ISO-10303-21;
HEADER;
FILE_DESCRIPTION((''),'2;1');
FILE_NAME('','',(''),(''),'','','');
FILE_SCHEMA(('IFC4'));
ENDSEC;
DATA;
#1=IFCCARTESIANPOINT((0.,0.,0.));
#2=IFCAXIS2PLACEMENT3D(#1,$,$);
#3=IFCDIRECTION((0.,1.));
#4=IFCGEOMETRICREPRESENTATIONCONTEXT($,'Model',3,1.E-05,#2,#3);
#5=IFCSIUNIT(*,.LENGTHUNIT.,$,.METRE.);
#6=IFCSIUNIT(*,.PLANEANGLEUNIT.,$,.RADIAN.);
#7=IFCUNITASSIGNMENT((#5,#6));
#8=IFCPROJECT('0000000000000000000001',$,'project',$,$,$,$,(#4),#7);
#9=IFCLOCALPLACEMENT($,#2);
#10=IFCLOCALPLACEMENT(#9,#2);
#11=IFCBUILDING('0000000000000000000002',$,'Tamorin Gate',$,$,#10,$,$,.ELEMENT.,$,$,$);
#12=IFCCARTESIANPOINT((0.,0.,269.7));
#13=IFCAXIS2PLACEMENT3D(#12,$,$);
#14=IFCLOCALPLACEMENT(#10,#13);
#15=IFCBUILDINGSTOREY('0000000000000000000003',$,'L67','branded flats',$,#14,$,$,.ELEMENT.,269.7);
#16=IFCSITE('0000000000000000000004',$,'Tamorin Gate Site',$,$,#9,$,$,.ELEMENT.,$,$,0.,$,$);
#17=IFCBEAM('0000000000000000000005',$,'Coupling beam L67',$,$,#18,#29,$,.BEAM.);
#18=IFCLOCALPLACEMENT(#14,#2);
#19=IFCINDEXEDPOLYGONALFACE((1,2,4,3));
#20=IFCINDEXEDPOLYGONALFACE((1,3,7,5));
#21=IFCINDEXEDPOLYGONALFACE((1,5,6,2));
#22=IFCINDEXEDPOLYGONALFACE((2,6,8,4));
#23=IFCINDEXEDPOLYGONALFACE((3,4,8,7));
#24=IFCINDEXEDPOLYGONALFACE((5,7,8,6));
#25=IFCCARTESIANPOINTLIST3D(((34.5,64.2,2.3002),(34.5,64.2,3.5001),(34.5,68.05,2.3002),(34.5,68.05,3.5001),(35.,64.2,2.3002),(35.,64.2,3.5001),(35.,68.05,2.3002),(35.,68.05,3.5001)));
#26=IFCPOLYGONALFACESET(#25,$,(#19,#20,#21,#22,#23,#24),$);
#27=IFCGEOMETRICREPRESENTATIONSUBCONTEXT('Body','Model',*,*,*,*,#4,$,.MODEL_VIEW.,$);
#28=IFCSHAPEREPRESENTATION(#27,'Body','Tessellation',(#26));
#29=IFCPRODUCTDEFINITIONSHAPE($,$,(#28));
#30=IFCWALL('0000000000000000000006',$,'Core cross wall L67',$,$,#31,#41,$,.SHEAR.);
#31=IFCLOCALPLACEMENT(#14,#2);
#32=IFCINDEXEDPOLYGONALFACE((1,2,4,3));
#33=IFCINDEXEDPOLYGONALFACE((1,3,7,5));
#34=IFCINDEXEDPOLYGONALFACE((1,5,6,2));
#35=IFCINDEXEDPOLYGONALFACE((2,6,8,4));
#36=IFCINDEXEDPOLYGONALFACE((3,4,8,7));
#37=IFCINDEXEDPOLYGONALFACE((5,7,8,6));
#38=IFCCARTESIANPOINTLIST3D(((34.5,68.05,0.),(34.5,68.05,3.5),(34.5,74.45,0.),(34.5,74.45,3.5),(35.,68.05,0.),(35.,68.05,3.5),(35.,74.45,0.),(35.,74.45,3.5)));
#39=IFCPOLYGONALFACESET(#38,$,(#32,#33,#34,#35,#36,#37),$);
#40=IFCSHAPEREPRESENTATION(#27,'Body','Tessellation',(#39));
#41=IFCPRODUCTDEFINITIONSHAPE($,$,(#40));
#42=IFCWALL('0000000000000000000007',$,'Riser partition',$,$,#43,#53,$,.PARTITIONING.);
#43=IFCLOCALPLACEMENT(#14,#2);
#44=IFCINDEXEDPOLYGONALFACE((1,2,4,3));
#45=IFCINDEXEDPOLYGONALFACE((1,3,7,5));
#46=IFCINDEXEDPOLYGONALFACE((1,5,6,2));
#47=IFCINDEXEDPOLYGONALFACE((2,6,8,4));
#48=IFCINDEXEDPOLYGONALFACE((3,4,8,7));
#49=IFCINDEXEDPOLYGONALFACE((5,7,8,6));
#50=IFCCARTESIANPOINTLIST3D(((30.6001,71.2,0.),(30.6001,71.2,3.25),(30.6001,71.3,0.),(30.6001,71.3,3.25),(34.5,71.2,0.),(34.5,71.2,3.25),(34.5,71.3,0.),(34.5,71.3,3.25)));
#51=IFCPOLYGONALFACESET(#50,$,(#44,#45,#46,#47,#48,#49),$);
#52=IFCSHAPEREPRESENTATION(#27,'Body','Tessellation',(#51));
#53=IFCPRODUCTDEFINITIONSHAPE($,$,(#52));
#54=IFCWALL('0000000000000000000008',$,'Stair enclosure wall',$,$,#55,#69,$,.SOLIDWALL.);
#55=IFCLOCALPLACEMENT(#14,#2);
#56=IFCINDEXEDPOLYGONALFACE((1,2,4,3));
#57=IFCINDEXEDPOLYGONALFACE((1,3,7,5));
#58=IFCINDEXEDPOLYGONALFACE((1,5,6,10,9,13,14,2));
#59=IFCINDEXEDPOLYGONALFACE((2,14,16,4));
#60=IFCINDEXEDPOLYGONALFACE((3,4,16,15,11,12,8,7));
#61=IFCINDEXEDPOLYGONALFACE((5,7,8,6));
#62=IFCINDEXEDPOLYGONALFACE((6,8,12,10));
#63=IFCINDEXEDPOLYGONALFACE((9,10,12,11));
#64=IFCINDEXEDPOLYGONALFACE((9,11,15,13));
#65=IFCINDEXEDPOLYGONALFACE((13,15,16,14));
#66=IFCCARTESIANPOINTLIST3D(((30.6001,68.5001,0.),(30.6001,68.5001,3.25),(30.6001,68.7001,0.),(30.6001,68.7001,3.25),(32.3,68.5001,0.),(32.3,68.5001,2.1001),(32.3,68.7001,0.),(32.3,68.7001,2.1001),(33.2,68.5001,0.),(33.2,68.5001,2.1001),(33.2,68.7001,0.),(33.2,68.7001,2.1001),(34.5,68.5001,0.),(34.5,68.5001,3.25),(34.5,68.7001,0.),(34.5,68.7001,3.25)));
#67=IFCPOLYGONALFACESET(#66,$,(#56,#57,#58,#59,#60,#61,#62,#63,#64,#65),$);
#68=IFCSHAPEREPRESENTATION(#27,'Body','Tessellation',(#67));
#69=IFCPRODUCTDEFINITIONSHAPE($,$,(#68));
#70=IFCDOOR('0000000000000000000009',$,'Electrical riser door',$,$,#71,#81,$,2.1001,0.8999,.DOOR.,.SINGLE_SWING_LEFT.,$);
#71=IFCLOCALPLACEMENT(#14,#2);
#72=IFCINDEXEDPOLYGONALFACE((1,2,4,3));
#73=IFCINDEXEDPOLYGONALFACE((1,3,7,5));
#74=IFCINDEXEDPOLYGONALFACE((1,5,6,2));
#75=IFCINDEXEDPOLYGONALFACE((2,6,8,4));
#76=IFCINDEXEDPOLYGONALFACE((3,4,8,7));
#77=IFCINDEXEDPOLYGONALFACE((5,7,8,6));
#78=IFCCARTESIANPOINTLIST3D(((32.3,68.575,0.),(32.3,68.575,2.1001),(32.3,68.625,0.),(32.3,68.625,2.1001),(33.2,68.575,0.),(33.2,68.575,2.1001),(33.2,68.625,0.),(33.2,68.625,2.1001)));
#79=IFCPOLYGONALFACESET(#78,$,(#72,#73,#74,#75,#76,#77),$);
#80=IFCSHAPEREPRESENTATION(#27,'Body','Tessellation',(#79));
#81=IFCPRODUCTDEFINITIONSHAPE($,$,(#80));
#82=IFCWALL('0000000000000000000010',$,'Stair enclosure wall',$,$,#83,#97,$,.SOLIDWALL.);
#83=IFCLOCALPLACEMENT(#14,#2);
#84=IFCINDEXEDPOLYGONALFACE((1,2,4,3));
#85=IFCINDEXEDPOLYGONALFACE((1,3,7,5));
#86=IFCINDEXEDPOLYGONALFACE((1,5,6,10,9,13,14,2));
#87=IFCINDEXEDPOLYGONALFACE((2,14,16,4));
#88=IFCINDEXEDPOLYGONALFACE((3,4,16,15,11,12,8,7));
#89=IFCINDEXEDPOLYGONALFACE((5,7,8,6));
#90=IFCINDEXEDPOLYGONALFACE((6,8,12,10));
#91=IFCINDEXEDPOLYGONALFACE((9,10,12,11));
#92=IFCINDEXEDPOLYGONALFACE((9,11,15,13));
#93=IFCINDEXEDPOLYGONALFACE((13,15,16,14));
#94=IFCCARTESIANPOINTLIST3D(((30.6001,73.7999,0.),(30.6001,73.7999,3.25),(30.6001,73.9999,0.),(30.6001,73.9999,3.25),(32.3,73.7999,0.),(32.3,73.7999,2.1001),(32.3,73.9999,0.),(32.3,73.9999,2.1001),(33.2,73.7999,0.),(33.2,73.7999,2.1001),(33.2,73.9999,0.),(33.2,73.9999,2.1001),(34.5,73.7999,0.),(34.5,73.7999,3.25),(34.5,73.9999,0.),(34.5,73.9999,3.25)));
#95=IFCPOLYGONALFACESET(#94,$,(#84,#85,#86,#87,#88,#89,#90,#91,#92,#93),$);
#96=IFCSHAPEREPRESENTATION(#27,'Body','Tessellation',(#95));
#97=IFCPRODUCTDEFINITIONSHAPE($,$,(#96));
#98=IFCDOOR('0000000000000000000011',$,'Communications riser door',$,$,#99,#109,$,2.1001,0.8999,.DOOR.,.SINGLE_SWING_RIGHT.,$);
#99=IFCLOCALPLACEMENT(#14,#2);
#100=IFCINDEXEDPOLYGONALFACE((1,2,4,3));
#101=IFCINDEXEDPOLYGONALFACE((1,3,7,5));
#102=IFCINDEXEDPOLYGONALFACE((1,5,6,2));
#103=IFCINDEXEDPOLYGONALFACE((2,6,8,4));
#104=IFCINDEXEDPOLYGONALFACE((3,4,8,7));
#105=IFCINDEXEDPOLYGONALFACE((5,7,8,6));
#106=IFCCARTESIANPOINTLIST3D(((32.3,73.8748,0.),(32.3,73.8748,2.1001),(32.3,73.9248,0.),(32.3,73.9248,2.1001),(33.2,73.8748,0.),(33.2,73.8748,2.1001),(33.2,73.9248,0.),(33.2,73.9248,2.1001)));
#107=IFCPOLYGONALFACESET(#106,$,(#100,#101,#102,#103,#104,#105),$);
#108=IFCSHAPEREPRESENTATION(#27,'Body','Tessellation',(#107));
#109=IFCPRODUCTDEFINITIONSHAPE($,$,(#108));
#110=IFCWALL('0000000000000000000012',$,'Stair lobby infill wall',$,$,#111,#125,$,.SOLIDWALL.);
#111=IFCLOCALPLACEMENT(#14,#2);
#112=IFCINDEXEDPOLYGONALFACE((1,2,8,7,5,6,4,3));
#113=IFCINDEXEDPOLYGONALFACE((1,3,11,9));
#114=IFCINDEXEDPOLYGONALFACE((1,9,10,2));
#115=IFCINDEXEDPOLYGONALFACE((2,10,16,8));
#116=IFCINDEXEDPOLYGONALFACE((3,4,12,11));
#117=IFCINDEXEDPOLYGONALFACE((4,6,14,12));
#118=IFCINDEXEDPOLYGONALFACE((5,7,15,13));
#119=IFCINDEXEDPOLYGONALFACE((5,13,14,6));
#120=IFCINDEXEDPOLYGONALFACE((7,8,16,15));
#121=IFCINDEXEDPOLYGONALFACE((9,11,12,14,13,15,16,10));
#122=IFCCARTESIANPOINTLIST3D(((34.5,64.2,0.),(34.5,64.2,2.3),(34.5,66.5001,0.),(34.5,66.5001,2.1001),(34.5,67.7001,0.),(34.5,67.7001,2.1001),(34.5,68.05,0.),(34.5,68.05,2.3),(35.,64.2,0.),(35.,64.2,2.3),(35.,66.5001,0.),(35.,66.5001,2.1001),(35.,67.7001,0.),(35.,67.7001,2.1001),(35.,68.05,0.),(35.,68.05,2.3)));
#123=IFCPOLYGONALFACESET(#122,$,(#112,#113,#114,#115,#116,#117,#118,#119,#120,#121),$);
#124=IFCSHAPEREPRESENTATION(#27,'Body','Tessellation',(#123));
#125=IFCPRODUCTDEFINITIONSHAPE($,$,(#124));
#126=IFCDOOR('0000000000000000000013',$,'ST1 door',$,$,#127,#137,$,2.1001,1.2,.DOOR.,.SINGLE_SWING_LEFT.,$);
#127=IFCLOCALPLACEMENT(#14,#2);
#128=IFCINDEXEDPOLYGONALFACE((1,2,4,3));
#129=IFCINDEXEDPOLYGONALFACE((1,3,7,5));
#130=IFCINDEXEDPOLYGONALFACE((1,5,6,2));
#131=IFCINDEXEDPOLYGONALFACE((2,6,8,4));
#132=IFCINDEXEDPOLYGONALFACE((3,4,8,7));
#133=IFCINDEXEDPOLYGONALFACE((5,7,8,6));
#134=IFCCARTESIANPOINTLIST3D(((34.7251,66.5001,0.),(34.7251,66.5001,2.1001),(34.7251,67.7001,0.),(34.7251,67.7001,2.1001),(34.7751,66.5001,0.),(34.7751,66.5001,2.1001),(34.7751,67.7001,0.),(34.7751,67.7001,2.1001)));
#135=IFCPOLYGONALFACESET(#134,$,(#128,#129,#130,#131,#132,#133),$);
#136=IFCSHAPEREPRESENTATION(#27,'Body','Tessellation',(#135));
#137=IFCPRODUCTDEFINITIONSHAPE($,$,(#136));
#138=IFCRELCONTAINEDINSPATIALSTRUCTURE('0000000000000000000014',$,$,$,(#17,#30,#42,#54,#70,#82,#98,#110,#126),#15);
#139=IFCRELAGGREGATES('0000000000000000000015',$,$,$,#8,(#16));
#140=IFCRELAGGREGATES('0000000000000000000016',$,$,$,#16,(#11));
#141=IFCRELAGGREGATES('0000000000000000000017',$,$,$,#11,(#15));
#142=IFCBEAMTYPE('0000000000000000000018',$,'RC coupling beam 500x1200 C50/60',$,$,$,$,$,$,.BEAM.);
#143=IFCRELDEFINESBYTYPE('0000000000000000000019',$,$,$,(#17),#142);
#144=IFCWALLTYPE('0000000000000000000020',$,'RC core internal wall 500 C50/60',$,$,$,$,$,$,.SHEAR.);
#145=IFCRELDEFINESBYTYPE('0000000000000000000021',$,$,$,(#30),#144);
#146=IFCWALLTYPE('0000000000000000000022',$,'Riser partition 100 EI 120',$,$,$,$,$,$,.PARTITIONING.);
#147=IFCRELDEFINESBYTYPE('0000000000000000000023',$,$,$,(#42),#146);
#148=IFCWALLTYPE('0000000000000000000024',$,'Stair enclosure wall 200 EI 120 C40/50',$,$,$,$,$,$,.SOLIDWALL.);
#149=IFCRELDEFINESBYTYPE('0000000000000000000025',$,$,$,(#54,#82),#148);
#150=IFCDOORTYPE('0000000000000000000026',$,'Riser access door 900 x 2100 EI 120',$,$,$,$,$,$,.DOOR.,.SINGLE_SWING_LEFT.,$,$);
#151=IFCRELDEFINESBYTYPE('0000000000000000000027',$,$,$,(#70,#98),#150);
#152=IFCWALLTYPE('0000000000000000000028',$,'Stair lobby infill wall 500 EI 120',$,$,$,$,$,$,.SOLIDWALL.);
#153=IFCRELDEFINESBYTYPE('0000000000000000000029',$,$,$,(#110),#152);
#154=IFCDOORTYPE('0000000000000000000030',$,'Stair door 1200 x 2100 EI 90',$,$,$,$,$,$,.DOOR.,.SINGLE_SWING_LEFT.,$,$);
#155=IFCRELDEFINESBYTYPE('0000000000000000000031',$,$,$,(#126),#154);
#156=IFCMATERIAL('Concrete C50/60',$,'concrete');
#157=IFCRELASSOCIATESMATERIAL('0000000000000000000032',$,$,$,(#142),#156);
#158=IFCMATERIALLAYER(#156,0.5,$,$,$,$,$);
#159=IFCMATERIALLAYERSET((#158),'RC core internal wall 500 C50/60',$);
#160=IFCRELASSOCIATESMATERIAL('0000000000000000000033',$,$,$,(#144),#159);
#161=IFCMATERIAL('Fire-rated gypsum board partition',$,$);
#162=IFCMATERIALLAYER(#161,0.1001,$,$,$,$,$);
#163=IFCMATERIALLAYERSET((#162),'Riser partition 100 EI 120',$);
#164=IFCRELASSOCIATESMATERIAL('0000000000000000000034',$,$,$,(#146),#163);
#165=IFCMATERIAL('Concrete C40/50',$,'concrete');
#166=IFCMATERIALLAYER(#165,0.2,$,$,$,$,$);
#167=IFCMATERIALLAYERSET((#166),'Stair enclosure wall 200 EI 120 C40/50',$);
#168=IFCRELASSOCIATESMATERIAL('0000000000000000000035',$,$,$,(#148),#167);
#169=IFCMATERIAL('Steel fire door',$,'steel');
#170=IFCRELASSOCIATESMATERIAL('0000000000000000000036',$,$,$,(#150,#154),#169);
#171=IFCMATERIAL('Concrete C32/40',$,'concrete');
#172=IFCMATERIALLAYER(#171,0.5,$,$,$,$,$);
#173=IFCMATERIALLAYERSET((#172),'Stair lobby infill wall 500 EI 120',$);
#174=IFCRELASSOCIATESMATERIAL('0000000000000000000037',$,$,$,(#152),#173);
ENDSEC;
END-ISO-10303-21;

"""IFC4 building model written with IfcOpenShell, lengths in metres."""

from ifc_helpers import new_model, si_unit, direction, frame, frame_2d, origin, origin_2d, place, context, subcontext, project, spatial, rectangle, extrude, material, layer, layer_set, material_profile, profile_set, type_object, element, fill, save


model = new_model("IFC4")

# Units and contexts
model_context = context("Model", 3, precision=1e-05, world=origin(), true_north=direction((0.0, 1.0)))
body_context = subcontext(model_context, "Body", "Model", "MODEL_VIEW")
ifc_project = project(units=[si_unit("LENGTHUNIT", "METRE"), si_unit("PLANEANGLEUNIT", "RADIAN")], contexts=[model_context])

# Site, building, storey
site_placement = place(None, origin())
site = spatial("IfcSite", under=ifc_project, at=site_placement, Name="Tamorin Gate Site", CompositionType="ELEMENT", RefElevation=0.0)
building_placement = place(site_placement, origin())
building = spatial("IfcBuilding", under=site, at=building_placement, Name="Tamorin Gate", CompositionType="ELEMENT")
storey_placement = place(building_placement, frame((0.0, 0.0, 269.7)))
storey = spatial("IfcBuildingStorey", under=building, at=storey_placement, Name="L67", Description="branded flats", CompositionType="ELEMENT", Elevation=269.7)

# Beam
ifc_material_1 = material(Name="Concrete C50/60", Category="concrete")
ifc_material_profile = material_profile(ifc_material_1, rectangle(XDim=0.5, YDim=1.2, at=origin_2d()), Name="RC 500x1200")
ifc_profile_set = profile_set([ifc_material_profile], Name="Concrete C50/60")
beam_type = type_object("IfcBeamType", Name="RC coupling beam 500x1200 C50/60", PredefinedType="BEAM", material=ifc_profile_set)
beam_placement = place(storey_placement, frame((34.75, 64.2, 2.9001), z_axis=(0.0, 1.0, 0.0), x_axis=(-1.0, 0.0, 0.0)))
element("IfcBeam", 1, at=beam_placement, inside=storey, type_object=beam_type, Name="Coupling beam L67", PredefinedType="BEAM", context=body_context, shape_type="SweptSolid", body=[
    extrude(rectangle(XDim=0.5, YDim=1.2, at=origin_2d()), origin(), (0.0, 0.0, 1.0), 3.8501),
])

# Walls
ifc_layer_1 = layer(ifc_material_1, 0.5)
ifc_layer_set_1 = layer_set([ifc_layer_1], Name="RC core internal wall 500 C50/60")
wall_type_1 = type_object("IfcWallType", Name="RC core internal wall 500 C50/60", PredefinedType="SHEAR", material=ifc_layer_set_1)
wall_1_placement = place(storey_placement, frame((34.75, 68.05, 0.0), z_axis=(0.0, 0.0, 1.0), x_axis=(0.0, 1.0, 0.0)))
element("IfcWall", 2, at=wall_1_placement, inside=storey, type_object=wall_type_1, Name="Core cross wall L67", PredefinedType="SHEAR", context=body_context, shape_type="SweptSolid", body=[
    extrude(rectangle(XDim=6.3999, YDim=0.5, at=frame_2d((3.2, 0.0))), origin(), (0.0, 0.0, 1.0), 3.5),
])
ifc_material_2 = material(Name="Fire-rated gypsum board partition")
ifc_layer_2 = layer(ifc_material_2, 0.1001)
ifc_layer_set_2 = layer_set([ifc_layer_2], Name="Riser partition 100 EI 120")
wall_type_2 = type_object("IfcWallType", Name="Riser partition 100 EI 120", PredefinedType="PARTITIONING", material=ifc_layer_set_2)
wall_2_placement = place(storey_placement, frame((30.6001, 71.25, 0.0), z_axis=(0.0, 0.0, 1.0), x_axis=(1.0, 0.0, 0.0)))
element("IfcWall", 3, at=wall_2_placement, inside=storey, type_object=wall_type_2, Name="Riser partition", PredefinedType="PARTITIONING", context=body_context, shape_type="SweptSolid", body=[
    extrude(rectangle(XDim=3.8999, YDim=0.1001, at=frame_2d((1.95, 0.0))), origin(), (0.0, 0.0, 1.0), 3.25),
])

# Walls, openings, doors
ifc_material_3 = material(Name="Concrete C40/50", Category="concrete")
ifc_layer_3 = layer(ifc_material_3, 0.2)
ifc_layer_set_3 = layer_set([ifc_layer_3], Name="Stair enclosure wall 200 EI 120 C40/50")
wall_type_3 = type_object("IfcWallType", Name="Stair enclosure wall 200 EI 120 C40/50", PredefinedType="SOLIDWALL", material=ifc_layer_set_3)
wall_3_placement = place(storey_placement, frame((30.6001, 68.6001, 0.0), z_axis=(0.0, 0.0, 1.0), x_axis=(1.0, 0.0, 0.0)))
wall_3 = element("IfcWall", 4, at=wall_3_placement, inside=storey, type_object=wall_type_3, Name="Stair enclosure wall", PredefinedType="SOLIDWALL", context=body_context, shape_type="SweptSolid", body=[
    extrude(rectangle(XDim=3.8999, YDim=0.2, at=frame_2d((1.95, 0.0))), origin(), (0.0, 0.0, 1.0), 3.25),
])
opening_1_placement = place(wall_3_placement, frame((1.7, 0.0, 0.0)))
opening_1 = element("IfcOpeningElement", 5, at=opening_1_placement, cuts=wall_3, PredefinedType="OPENING", context=body_context, shape_type="SweptSolid", body=[
    extrude(rectangle(XDim=0.8999, YDim=2.1001, at=frame_2d((0.45, 1.05))), frame((0.0, 0.1099, 0.0), z_axis=(0.0, -1.0, 0.0), x_axis=(1.0, 0.0, 0.0)), (0.0, 0.0, 1.0), 0.22),
])
ifc_material_4 = material(Name="Steel fire door", Category="steel")
door_type_1 = type_object("IfcDoorType", Name="Riser access door 900 x 2100 EI 120", OperationType="SINGLE_SWING_LEFT", PredefinedType="DOOR", material=ifc_material_4)
door_1_placement = place(opening_1_placement, origin())
door_1 = element("IfcDoor", 6, at=door_1_placement, inside=storey, type_object=door_type_1, Name="Electrical riser door", OperationType="SINGLE_SWING_LEFT", OverallHeight=2.1001, OverallWidth=0.8999, PredefinedType="DOOR", context=body_context, shape_type="SweptSolid", body=[
    extrude(rectangle(XDim=0.8999, YDim=2.1001, at=frame_2d((0.45, 1.05))), frame((0.0, 0.0249, 0.0), z_axis=(0.0, -1.0, 0.0), x_axis=(1.0, 0.0, 0.0)), (0.0, 0.0, 1.0), 0.05),
])
fill(opening_1, door_1)
wall_4_placement = place(storey_placement, frame((30.6001, 73.8999, 0.0), z_axis=(0.0, 0.0, 1.0), x_axis=(1.0, 0.0, 0.0)))
wall_4 = element("IfcWall", 7, at=wall_4_placement, inside=storey, type_object=wall_type_3, Name="Stair enclosure wall", PredefinedType="SOLIDWALL", context=body_context, shape_type="SweptSolid", body=[
    extrude(rectangle(XDim=3.8999, YDim=0.2, at=frame_2d((1.95, 0.0))), origin(), (0.0, 0.0, 1.0), 3.25),
])
opening_2_placement = place(wall_4_placement, frame((1.7, 0.0, 0.0)))
opening_2 = element("IfcOpeningElement", 8, at=opening_2_placement, cuts=wall_4, PredefinedType="OPENING", context=body_context, shape_type="SweptSolid", body=[
    extrude(rectangle(XDim=0.8999, YDim=2.1001, at=frame_2d((0.45, 1.05))), frame((0.0, 0.1099, 0.0), z_axis=(0.0, -1.0, 0.0), x_axis=(1.0, 0.0, 0.0)), (0.0, 0.0, 1.0), 0.22),
])
door_2_placement = place(opening_2_placement, origin())
door_2 = element("IfcDoor", 9, at=door_2_placement, inside=storey, type_object=door_type_1, Name="Communications riser door", OperationType="SINGLE_SWING_RIGHT", OverallHeight=2.1001, OverallWidth=0.8999, PredefinedType="DOOR", context=body_context, shape_type="SweptSolid", body=[
    extrude(rectangle(XDim=0.8999, YDim=2.1001, at=frame_2d((0.45, 1.05))), frame((0.0, 0.0249, 0.0), z_axis=(0.0, -1.0, 0.0), x_axis=(1.0, 0.0, 0.0)), (0.0, 0.0, 1.0), 0.05),
])
fill(opening_2, door_2)
ifc_material_5 = material(Name="Concrete C32/40", Category="concrete")
ifc_layer_4 = layer(ifc_material_5, 0.5)
ifc_layer_set_4 = layer_set([ifc_layer_4], Name="Stair lobby infill wall 500 EI 120")
wall_type_4 = type_object("IfcWallType", Name="Stair lobby infill wall 500 EI 120", PredefinedType="SOLIDWALL", material=ifc_layer_set_4)
wall_5_placement = place(storey_placement, frame((34.75, 64.2, 0.0), z_axis=(0.0, 0.0, 1.0), x_axis=(0.0, 1.0, 0.0)))
wall_5 = element("IfcWall", 10, at=wall_5_placement, inside=storey, type_object=wall_type_4, Name="Stair lobby infill wall", PredefinedType="SOLIDWALL", context=body_context, shape_type="SweptSolid", body=[
    extrude(rectangle(XDim=3.8501, YDim=0.5, at=frame_2d((1.925, 0.0))), origin(), (0.0, 0.0, 1.0), 2.3),
])
opening_3_placement = place(wall_5_placement, frame((2.3, 0.0, 0.0)))
opening_3 = element("IfcOpeningElement", 11, at=opening_3_placement, cuts=wall_5, PredefinedType="OPENING", context=body_context, shape_type="SweptSolid", body=[
    extrude(rectangle(XDim=1.2, YDim=2.1001, at=frame_2d((0.6001, 1.05))), frame((0.0, 0.26, 0.0), z_axis=(0.0, -1.0, 0.0), x_axis=(1.0, 0.0, 0.0)), (0.0, 0.0, 1.0), 0.52),
])
door_type_2 = type_object("IfcDoorType", Name="Stair door 1200 x 2100 EI 90", OperationType="SINGLE_SWING_LEFT", PredefinedType="DOOR", material=ifc_material_4)
door_3_placement = place(opening_3_placement, origin())
door_3 = element("IfcDoor", 12, at=door_3_placement, inside=storey, type_object=door_type_2, Name="ST1 door", OperationType="SINGLE_SWING_LEFT", OverallHeight=2.1001, OverallWidth=1.2, PredefinedType="DOOR", context=body_context, shape_type="SweptSolid", body=[
    extrude(rectangle(XDim=1.2, YDim=2.1001, at=frame_2d((0.6001, 1.05))), frame((0.0, 0.0249, 0.0), z_axis=(0.0, -1.0, 0.0), x_axis=(1.0, 0.0, 0.0)), (0.0, 0.0, 1.0), 0.05),
])
fill(opening_3, door_3)

save(model, "model.ifc")
